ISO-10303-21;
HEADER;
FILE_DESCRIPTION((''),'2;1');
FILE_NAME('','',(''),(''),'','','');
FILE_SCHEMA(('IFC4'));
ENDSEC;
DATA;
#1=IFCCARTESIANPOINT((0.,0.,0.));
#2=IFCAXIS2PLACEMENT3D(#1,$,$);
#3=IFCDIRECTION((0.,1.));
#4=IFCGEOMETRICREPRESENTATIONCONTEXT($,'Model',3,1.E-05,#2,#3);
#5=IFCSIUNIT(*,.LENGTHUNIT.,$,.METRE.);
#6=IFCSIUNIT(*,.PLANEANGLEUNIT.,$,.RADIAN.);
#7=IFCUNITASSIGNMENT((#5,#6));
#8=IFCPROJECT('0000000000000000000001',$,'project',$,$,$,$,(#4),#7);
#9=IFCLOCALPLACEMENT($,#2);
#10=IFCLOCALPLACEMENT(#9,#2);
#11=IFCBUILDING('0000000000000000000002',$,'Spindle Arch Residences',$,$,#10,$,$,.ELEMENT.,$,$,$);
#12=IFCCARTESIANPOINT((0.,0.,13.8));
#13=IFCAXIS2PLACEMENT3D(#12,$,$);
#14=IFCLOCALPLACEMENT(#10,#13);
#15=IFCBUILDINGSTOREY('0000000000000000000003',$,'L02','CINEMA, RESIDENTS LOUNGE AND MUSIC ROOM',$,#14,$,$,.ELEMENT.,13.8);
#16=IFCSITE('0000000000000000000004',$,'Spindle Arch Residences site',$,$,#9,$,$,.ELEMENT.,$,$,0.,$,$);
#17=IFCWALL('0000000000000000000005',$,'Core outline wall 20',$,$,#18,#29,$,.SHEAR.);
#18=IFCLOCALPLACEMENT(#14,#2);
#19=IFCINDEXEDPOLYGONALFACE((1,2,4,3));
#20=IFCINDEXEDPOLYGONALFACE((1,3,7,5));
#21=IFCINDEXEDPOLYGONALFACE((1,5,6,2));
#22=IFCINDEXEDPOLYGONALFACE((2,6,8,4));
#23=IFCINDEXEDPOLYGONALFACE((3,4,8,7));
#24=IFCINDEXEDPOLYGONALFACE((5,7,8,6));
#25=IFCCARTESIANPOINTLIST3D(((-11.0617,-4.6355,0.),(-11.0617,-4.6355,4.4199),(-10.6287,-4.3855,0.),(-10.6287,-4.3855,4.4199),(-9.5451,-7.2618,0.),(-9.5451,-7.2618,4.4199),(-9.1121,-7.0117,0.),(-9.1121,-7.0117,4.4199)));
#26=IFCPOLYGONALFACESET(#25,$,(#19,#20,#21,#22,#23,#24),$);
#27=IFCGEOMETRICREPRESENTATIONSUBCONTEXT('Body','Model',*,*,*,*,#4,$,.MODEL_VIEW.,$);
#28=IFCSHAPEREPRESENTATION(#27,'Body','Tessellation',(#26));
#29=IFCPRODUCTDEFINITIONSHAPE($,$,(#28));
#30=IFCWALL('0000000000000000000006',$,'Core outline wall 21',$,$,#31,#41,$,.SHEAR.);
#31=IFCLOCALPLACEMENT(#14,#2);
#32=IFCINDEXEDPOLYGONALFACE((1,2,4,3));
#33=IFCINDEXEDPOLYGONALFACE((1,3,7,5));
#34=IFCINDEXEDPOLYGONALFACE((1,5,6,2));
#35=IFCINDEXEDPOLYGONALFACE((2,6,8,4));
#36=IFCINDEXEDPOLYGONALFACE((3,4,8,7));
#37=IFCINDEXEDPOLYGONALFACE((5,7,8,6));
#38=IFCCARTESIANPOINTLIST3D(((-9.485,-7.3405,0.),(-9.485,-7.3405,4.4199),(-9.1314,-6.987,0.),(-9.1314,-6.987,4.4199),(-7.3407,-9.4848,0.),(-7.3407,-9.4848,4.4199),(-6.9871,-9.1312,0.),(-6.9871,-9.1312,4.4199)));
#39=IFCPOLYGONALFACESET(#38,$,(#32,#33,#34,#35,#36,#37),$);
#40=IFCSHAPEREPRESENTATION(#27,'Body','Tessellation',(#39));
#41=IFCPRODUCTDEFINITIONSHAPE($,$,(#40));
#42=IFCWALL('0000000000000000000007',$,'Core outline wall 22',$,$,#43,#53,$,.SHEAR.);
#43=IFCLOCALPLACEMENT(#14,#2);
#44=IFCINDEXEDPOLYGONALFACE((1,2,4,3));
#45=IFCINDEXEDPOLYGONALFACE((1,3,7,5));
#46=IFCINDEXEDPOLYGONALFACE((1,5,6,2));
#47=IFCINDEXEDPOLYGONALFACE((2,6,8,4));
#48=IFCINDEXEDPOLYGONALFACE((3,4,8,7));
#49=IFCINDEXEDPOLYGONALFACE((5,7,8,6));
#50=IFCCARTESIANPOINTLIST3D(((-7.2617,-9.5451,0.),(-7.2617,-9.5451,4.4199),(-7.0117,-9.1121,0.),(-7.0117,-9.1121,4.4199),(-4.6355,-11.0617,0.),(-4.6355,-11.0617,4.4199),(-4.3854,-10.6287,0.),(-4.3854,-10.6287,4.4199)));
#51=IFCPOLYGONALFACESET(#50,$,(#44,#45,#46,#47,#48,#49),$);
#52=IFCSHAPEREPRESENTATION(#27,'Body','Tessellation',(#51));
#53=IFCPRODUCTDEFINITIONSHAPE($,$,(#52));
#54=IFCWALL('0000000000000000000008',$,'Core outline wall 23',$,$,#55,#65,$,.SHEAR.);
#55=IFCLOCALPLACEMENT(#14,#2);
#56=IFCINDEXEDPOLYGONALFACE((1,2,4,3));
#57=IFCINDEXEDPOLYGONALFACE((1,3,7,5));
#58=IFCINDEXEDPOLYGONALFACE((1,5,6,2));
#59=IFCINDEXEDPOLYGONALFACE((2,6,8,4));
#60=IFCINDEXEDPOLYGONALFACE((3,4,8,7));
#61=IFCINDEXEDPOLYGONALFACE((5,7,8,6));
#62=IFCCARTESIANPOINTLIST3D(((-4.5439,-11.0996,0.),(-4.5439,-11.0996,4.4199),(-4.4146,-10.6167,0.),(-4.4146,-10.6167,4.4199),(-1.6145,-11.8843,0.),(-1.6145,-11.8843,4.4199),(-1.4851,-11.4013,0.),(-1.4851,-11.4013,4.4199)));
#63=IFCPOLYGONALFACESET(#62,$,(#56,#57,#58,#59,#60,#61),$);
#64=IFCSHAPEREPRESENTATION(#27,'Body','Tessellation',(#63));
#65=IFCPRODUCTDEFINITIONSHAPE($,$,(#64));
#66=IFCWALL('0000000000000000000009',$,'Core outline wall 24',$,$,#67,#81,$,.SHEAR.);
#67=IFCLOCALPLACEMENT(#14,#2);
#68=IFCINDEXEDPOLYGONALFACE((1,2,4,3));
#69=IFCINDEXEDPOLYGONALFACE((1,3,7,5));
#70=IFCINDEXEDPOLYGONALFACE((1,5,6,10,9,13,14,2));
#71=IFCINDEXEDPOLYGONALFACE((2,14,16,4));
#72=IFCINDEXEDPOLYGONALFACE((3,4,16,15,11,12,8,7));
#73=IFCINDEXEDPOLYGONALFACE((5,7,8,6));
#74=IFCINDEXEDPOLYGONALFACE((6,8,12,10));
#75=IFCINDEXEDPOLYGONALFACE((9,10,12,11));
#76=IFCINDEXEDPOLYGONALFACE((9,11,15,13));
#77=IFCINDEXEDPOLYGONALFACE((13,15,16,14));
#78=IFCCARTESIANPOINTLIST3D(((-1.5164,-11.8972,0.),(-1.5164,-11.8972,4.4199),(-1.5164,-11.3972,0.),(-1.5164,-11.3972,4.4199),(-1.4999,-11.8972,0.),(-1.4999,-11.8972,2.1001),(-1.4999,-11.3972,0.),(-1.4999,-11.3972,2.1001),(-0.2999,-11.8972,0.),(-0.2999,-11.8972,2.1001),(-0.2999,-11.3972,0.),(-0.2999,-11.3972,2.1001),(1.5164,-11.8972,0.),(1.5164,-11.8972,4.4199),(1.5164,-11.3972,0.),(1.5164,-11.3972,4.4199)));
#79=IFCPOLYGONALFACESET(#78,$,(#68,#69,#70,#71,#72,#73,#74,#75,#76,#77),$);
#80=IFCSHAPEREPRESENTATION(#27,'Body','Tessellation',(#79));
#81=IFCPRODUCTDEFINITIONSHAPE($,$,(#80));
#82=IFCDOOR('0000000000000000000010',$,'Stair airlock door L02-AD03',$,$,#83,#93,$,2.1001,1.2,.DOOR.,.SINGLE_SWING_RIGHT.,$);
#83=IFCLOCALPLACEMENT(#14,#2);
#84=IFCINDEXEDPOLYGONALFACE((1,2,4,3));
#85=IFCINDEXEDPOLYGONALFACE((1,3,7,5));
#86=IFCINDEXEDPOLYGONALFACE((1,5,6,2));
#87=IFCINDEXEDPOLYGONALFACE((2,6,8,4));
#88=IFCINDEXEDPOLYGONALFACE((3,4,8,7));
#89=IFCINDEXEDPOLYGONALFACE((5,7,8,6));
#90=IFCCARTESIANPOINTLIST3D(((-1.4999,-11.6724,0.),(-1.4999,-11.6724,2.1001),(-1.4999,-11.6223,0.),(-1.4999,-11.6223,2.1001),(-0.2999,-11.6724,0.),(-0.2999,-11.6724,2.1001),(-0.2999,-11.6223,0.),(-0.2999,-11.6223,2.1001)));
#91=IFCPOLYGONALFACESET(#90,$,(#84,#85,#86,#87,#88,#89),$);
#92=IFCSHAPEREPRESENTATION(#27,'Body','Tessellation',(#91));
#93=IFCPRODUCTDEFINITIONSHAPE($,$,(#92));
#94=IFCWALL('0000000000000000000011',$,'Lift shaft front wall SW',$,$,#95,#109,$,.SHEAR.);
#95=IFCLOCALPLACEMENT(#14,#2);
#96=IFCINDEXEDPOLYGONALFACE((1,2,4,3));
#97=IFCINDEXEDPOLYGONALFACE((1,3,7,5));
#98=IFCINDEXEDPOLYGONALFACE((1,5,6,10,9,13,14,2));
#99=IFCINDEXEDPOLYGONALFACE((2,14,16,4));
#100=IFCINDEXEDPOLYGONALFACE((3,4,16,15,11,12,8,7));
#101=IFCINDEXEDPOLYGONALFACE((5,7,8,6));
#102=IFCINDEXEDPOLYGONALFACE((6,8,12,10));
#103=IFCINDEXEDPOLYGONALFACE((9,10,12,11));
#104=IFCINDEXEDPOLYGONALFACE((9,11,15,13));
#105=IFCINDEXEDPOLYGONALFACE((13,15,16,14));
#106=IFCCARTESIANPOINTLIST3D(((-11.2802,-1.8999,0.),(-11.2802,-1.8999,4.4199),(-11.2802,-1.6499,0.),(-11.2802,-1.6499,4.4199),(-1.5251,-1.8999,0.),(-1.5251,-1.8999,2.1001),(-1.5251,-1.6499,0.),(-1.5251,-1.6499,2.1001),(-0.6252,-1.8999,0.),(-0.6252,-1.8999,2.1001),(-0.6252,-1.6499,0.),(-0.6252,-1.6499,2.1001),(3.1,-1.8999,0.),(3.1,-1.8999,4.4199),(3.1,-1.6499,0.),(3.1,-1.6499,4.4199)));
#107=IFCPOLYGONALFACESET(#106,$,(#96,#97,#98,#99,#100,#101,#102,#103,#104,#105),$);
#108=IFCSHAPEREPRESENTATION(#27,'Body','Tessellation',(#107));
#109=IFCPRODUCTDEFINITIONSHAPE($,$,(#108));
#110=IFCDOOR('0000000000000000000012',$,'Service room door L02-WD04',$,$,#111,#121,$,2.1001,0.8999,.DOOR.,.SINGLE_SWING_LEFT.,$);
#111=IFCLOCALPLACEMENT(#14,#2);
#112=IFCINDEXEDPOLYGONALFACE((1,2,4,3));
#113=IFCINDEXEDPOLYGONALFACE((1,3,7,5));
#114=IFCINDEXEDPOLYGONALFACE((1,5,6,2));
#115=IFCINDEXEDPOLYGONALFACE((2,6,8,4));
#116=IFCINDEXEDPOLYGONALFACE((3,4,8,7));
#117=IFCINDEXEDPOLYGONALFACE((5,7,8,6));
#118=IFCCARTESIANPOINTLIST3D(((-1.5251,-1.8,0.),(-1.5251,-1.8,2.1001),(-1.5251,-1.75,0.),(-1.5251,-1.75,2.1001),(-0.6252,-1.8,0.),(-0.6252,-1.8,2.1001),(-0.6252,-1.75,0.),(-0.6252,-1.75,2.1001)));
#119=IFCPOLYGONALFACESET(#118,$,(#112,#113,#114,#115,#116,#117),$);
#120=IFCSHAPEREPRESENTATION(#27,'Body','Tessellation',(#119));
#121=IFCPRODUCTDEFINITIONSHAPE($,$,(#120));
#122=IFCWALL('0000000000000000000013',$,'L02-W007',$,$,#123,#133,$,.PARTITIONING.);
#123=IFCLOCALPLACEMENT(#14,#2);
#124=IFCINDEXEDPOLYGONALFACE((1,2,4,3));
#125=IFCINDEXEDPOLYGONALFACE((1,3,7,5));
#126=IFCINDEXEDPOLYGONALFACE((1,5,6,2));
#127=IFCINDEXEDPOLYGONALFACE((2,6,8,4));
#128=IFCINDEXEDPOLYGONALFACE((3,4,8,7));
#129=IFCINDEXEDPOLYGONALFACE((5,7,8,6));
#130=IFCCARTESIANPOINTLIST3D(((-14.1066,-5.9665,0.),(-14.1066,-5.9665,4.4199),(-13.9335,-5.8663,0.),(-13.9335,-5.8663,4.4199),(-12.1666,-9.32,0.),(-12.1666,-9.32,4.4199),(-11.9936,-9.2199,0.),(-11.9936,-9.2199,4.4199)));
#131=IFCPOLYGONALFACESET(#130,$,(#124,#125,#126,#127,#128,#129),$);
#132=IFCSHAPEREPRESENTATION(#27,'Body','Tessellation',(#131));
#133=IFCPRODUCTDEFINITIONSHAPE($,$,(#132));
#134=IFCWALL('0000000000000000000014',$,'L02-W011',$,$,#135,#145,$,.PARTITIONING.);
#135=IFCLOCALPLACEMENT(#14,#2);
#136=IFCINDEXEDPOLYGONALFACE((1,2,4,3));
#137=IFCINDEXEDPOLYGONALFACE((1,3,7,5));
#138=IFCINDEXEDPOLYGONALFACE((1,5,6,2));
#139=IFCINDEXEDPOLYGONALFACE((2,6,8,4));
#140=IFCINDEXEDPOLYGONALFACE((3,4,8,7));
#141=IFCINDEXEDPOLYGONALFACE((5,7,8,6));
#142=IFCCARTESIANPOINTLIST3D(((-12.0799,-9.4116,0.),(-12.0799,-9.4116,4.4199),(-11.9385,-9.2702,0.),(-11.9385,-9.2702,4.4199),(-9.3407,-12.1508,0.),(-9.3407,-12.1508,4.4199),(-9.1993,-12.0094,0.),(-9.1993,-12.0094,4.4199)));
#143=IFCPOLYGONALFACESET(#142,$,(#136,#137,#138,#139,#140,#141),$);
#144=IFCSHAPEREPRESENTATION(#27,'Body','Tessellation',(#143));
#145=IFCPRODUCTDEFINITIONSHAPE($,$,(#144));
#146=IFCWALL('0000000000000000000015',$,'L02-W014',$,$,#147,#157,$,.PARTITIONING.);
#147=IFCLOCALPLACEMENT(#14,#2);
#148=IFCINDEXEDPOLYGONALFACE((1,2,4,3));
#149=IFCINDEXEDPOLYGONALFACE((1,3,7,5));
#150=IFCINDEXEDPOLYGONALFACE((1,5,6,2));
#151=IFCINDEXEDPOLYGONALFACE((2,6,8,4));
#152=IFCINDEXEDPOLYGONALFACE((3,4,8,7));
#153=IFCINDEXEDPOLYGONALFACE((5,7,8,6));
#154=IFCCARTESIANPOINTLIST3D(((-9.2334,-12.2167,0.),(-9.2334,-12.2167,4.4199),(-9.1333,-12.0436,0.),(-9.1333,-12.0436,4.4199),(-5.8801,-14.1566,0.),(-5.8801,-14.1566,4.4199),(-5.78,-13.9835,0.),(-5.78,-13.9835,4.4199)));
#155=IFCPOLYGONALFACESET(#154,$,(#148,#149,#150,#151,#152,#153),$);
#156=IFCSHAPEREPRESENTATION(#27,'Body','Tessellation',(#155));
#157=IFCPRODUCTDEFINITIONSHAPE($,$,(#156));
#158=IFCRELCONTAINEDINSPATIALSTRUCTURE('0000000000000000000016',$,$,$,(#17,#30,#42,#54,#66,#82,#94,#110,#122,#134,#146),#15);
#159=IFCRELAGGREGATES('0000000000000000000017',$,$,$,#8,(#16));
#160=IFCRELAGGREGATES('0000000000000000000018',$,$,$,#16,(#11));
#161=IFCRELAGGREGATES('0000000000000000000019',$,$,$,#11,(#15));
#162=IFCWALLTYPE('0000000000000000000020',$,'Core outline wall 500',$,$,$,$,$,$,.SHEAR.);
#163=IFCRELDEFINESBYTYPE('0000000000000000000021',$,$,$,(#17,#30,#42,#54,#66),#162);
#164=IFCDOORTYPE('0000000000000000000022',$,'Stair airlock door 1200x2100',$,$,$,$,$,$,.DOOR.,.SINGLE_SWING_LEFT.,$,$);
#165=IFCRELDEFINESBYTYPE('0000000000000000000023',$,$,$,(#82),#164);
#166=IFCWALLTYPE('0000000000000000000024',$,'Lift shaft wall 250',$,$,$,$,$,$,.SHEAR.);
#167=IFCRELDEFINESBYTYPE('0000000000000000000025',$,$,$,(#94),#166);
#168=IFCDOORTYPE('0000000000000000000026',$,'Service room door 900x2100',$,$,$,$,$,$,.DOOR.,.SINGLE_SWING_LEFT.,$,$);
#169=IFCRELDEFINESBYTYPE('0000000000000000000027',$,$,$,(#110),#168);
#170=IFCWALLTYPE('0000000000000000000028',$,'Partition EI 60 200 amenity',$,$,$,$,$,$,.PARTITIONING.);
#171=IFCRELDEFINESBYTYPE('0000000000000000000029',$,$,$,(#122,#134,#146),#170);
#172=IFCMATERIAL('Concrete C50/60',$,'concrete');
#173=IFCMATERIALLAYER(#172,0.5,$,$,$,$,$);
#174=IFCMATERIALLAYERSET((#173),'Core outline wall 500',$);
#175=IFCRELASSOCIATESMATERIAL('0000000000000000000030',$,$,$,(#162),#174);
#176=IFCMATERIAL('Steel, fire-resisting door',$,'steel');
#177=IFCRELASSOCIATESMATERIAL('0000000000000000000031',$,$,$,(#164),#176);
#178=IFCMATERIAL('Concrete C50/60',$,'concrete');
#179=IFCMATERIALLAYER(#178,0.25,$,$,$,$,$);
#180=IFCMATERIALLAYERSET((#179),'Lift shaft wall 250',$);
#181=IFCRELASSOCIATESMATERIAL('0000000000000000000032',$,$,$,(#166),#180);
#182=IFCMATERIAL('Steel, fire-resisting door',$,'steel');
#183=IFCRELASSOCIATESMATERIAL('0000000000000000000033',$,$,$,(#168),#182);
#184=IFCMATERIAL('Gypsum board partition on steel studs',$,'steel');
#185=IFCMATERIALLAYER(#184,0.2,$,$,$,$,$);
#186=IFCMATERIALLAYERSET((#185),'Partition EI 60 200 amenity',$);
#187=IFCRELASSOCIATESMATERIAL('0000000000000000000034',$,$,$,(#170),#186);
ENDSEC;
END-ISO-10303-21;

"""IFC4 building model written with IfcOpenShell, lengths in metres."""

from ifc_helpers import new_model, si_unit, direction, frame, frame_2d, origin, place, context, subcontext, project, spatial, rectangle, extrude, material, layer, layer_set, type_object, element, fill, save


model = new_model("IFC4")

# Units and contexts
model_context = context("Model", 3, precision=1e-05, world=origin(), true_north=direction((0.0, 1.0)))
body_context = subcontext(model_context, "Body", "Model", "MODEL_VIEW")
ifc_project = project(units=[si_unit("LENGTHUNIT", "METRE"), si_unit("PLANEANGLEUNIT", "RADIAN")], contexts=[model_context])

# Site, building, storey
site_placement = place(None, origin())
site = spatial("IfcSite", under=ifc_project, at=site_placement, Name="Spindle Arch Residences site", CompositionType="ELEMENT", RefElevation=0.0)
building_placement = place(site_placement, origin())
building = spatial("IfcBuilding", under=site, at=building_placement, Name="Spindle Arch Residences", CompositionType="ELEMENT")
storey_placement = place(building_placement, frame((0.0, 0.0, 13.8)))
storey = spatial("IfcBuildingStorey", under=building, at=storey_placement, Name="L02", Description="CINEMA, RESIDENTS LOUNGE AND MUSIC ROOM", CompositionType="ELEMENT", Elevation=13.8)

# Walls
ifc_material_1 = material(Name="Concrete C50/60", Category="concrete")
ifc_layer_1 = layer(ifc_material_1, 0.5)
ifc_layer_set_1 = layer_set([ifc_layer_1], Name="Core outline wall 500")
wall_type_1 = type_object("IfcWallType", Name="Core outline wall 500", PredefinedType="SHEAR", material=ifc_layer_set_1)
wall_1_placement = place(storey_placement, frame((-10.8452, -4.5105, 0.0), z_axis=(0.0, 0.0, 1.0), x_axis=(0.500087, -0.865975, 0.0)))
element("IfcWall", 1, at=wall_1_placement, inside=storey, type_object=wall_type_1, Name="Core outline wall 20", PredefinedType="SHEAR", context=body_context, shape_type="SweptSolid", body=[
    extrude(rectangle(XDim=3.0327, YDim=0.5, at=frame_2d((1.5164, 0.0))), origin(), (0.0, 0.0, 1.0), 4.4199),
])
wall_2_placement = place(storey_placement, frame((-9.3081, -7.1638, 0.0), z_axis=(0.0, 0.0, 1.0), x_axis=(0.707107, -0.707107, 0.0)))
element("IfcWall", 2, at=wall_2_placement, inside=storey, type_object=wall_type_1, Name="Core outline wall 21", PredefinedType="SHEAR", context=body_context, shape_type="SweptSolid", body=[
    extrude(rectangle(XDim=3.0325, YDim=0.5, at=frame_2d((1.5161, 0.0))), origin(), (0.0, 0.0, 1.0), 4.4199),
])
for number, where, z_axis, x_axis, name in (
    (3, (-7.1367, -9.3286, 0.0), (0.0, 0.0, 1.0), (0.865975, -0.500087, 0.0), "Core outline wall 22"),
    (4, (-4.4792, -10.8582, 0.0), (0.0, 0.0, 1.0), (0.965948, -0.258735, 0.0), "Core outline wall 23"),
):
    element("IfcWall", number, at=place(storey_placement, frame(where, z_axis=z_axis, x_axis=x_axis)), inside=storey, type_object=wall_type_1, Name=name, PredefinedType="SHEAR", context=body_context, shape_type="SweptSolid", body=[
        extrude(rectangle(XDim=3.0327, YDim=0.5, at=frame_2d((1.5164, 0.0))), origin(), (0.0, 0.0, 1.0), 4.4199),
    ])

# Walls, openings, doors
wall_3_placement = place(storey_placement, frame((-1.5164, -11.6472, 0.0), z_axis=(0.0, 0.0, 1.0), x_axis=(1.0, 0.0, 0.0)))
wall_3 = element("IfcWall", 5, at=wall_3_placement, inside=storey, type_object=wall_type_1, Name="Core outline wall 24", PredefinedType="SHEAR", context=body_context, shape_type="SweptSolid", body=[
    extrude(rectangle(XDim=3.0327, YDim=0.5, at=frame_2d((1.5164, 0.0))), origin(), (0.0, 0.0, 1.0), 4.4199),
])
opening_1_placement = place(wall_3_placement, frame((0.0164, 0.0, 0.0)))
opening_1 = element("IfcOpeningElement", 6, at=opening_1_placement, cuts=wall_3, PredefinedType="OPENING", context=body_context, shape_type="SweptSolid", body=[
    extrude(rectangle(XDim=1.2, YDim=2.1001, at=frame_2d((0.6001, 1.05))), frame((0.0, 0.26, 0.0), z_axis=(0.0, -1.0, 0.0), x_axis=(1.0, 0.0, 0.0)), (0.0, 0.0, 1.0), 0.52),
])
ifc_material_2 = material(Name="Steel, fire-resisting door", Category="steel")
door_type_1 = type_object("IfcDoorType", Name="Stair airlock door 1200x2100", OperationType="SINGLE_SWING_LEFT", PredefinedType="DOOR", material=ifc_material_2)
door_1_placement = place(opening_1_placement, origin())
door_1 = element("IfcDoor", 7, at=door_1_placement, inside=storey, type_object=door_type_1, Name="Stair airlock door L02-AD03", OperationType="SINGLE_SWING_RIGHT", OverallHeight=2.1001, OverallWidth=1.2, PredefinedType="DOOR", context=body_context, shape_type="SweptSolid", body=[
    extrude(rectangle(XDim=1.2, YDim=2.1001, at=frame_2d((0.6001, 1.05))), frame((0.0, 0.0249, 0.0), z_axis=(0.0, -1.0, 0.0), x_axis=(1.0, 0.0, 0.0)), (0.0, 0.0, 1.0), 0.05),
])
fill(opening_1, door_1)
ifc_material_3 = material(Name="Concrete C50/60", Category="concrete")
ifc_layer_2 = layer(ifc_material_3, 0.25)
ifc_layer_set_2 = layer_set([ifc_layer_2], Name="Lift shaft wall 250")
wall_type_2 = type_object("IfcWallType", Name="Lift shaft wall 250", PredefinedType="SHEAR", material=ifc_layer_set_2)
wall_4_placement = place(storey_placement, frame((-11.28, -1.7749, 0.0), z_axis=(0.0, 0.0, 1.0), x_axis=(1.0, 0.0, 0.0)))
wall_4 = element("IfcWall", 8, at=wall_4_placement, inside=storey, type_object=wall_type_2, Name="Lift shaft front wall SW", PredefinedType="SHEAR", context=body_context, shape_type="SweptSolid", body=[
    extrude(rectangle(XDim=14.3801, YDim=0.25, at=frame_2d((7.1899, 0.0))), origin(), (0.0, 0.0, 1.0), 4.4199),
])
opening_2_placement = place(wall_4_placement, frame((9.7549, 0.0, 0.0)))
opening_2 = element("IfcOpeningElement", 9, at=opening_2_placement, cuts=wall_4, PredefinedType="OPENING", context=body_context, shape_type="SweptSolid", body=[
    extrude(rectangle(XDim=0.8999, YDim=2.1001, at=frame_2d((0.45, 1.05))), frame((0.0, 0.135, 0.0), z_axis=(0.0, -1.0, 0.0), x_axis=(1.0, 0.0, 0.0)), (0.0, 0.0, 1.0), 0.27),
])
ifc_material_4 = material(Name="Steel, fire-resisting door", Category="steel")
door_type_2 = type_object("IfcDoorType", Name="Service room door 900x2100", OperationType="SINGLE_SWING_LEFT", PredefinedType="DOOR", material=ifc_material_4)
door_2_placement = place(opening_2_placement, origin())
door_2 = element("IfcDoor", 10, at=door_2_placement, inside=storey, type_object=door_type_2, Name="Service room door L02-WD04", OperationType="SINGLE_SWING_LEFT", OverallHeight=2.1001, OverallWidth=0.8999, PredefinedType="DOOR", context=body_context, shape_type="SweptSolid", body=[
    extrude(rectangle(XDim=0.8999, YDim=2.1001, at=frame_2d((0.45, 1.05))), frame((0.0, 0.0249, 0.0), z_axis=(0.0, -1.0, 0.0), x_axis=(1.0, 0.0, 0.0)), (0.0, 0.0, 1.0), 0.05),
])
fill(opening_2, door_2)

# Walls
ifc_material_5 = material(Name="Gypsum board partition on steel studs", Category="steel")
ifc_layer_3 = layer(ifc_material_5, 0.2)
ifc_layer_set_3 = layer_set([ifc_layer_3], Name="Partition EI 60 200 amenity")
wall_type_3 = type_object("IfcWallType", Name="Partition EI 60 200 amenity", PredefinedType="PARTITIONING", material=ifc_layer_set_3)
wall_5_placement = place(storey_placement, frame((-14.02, -5.9165, 0.0), z_axis=(0.0, 0.0, 1.0), x_axis=(0.500733, -0.865602, 0.0)))
element("IfcWall", 11, at=wall_5_placement, inside=storey, type_object=wall_type_3, Name="L02-W007", PredefinedType="PARTITIONING", context=body_context, shape_type="SweptSolid", body=[
    extrude(rectangle(XDim=3.8743, YDim=0.2, at=frame_2d((1.937, 0.0))), origin(), (0.0, 0.0, 1.0), 4.4199),
])
wall_6_placement = place(storey_placement, frame((-12.0093, -9.3408, 0.0), z_axis=(0.0, 0.0, 1.0), x_axis=(0.707107, -0.707107, 0.0)))
element("IfcWall", 12, at=wall_6_placement, inside=storey, type_object=wall_type_3, Name="L02-W011", PredefinedType="PARTITIONING", context=body_context, shape_type="SweptSolid", body=[
    extrude(rectangle(XDim=3.8738, YDim=0.2, at=frame_2d((1.937, 0.0))), origin(), (0.0, 0.0, 1.0), 4.4199),
])
wall_7_placement = place(storey_placement, frame((-9.1833, -12.1301, 0.0), z_axis=(0.0, 0.0, 1.0), x_axis=(0.865586, -0.50076, 0.0)))
element("IfcWall", 13, at=wall_7_placement, inside=storey, type_object=wall_type_3, Name="L02-W014", PredefinedType="PARTITIONING", context=body_context, shape_type="SweptSolid", body=[
    extrude(rectangle(XDim=3.874, YDim=0.2, at=frame_2d((1.937, 0.0))), origin(), (0.0, 0.0, 1.0), 4.4199),
])

save(model, "model.ifc")
